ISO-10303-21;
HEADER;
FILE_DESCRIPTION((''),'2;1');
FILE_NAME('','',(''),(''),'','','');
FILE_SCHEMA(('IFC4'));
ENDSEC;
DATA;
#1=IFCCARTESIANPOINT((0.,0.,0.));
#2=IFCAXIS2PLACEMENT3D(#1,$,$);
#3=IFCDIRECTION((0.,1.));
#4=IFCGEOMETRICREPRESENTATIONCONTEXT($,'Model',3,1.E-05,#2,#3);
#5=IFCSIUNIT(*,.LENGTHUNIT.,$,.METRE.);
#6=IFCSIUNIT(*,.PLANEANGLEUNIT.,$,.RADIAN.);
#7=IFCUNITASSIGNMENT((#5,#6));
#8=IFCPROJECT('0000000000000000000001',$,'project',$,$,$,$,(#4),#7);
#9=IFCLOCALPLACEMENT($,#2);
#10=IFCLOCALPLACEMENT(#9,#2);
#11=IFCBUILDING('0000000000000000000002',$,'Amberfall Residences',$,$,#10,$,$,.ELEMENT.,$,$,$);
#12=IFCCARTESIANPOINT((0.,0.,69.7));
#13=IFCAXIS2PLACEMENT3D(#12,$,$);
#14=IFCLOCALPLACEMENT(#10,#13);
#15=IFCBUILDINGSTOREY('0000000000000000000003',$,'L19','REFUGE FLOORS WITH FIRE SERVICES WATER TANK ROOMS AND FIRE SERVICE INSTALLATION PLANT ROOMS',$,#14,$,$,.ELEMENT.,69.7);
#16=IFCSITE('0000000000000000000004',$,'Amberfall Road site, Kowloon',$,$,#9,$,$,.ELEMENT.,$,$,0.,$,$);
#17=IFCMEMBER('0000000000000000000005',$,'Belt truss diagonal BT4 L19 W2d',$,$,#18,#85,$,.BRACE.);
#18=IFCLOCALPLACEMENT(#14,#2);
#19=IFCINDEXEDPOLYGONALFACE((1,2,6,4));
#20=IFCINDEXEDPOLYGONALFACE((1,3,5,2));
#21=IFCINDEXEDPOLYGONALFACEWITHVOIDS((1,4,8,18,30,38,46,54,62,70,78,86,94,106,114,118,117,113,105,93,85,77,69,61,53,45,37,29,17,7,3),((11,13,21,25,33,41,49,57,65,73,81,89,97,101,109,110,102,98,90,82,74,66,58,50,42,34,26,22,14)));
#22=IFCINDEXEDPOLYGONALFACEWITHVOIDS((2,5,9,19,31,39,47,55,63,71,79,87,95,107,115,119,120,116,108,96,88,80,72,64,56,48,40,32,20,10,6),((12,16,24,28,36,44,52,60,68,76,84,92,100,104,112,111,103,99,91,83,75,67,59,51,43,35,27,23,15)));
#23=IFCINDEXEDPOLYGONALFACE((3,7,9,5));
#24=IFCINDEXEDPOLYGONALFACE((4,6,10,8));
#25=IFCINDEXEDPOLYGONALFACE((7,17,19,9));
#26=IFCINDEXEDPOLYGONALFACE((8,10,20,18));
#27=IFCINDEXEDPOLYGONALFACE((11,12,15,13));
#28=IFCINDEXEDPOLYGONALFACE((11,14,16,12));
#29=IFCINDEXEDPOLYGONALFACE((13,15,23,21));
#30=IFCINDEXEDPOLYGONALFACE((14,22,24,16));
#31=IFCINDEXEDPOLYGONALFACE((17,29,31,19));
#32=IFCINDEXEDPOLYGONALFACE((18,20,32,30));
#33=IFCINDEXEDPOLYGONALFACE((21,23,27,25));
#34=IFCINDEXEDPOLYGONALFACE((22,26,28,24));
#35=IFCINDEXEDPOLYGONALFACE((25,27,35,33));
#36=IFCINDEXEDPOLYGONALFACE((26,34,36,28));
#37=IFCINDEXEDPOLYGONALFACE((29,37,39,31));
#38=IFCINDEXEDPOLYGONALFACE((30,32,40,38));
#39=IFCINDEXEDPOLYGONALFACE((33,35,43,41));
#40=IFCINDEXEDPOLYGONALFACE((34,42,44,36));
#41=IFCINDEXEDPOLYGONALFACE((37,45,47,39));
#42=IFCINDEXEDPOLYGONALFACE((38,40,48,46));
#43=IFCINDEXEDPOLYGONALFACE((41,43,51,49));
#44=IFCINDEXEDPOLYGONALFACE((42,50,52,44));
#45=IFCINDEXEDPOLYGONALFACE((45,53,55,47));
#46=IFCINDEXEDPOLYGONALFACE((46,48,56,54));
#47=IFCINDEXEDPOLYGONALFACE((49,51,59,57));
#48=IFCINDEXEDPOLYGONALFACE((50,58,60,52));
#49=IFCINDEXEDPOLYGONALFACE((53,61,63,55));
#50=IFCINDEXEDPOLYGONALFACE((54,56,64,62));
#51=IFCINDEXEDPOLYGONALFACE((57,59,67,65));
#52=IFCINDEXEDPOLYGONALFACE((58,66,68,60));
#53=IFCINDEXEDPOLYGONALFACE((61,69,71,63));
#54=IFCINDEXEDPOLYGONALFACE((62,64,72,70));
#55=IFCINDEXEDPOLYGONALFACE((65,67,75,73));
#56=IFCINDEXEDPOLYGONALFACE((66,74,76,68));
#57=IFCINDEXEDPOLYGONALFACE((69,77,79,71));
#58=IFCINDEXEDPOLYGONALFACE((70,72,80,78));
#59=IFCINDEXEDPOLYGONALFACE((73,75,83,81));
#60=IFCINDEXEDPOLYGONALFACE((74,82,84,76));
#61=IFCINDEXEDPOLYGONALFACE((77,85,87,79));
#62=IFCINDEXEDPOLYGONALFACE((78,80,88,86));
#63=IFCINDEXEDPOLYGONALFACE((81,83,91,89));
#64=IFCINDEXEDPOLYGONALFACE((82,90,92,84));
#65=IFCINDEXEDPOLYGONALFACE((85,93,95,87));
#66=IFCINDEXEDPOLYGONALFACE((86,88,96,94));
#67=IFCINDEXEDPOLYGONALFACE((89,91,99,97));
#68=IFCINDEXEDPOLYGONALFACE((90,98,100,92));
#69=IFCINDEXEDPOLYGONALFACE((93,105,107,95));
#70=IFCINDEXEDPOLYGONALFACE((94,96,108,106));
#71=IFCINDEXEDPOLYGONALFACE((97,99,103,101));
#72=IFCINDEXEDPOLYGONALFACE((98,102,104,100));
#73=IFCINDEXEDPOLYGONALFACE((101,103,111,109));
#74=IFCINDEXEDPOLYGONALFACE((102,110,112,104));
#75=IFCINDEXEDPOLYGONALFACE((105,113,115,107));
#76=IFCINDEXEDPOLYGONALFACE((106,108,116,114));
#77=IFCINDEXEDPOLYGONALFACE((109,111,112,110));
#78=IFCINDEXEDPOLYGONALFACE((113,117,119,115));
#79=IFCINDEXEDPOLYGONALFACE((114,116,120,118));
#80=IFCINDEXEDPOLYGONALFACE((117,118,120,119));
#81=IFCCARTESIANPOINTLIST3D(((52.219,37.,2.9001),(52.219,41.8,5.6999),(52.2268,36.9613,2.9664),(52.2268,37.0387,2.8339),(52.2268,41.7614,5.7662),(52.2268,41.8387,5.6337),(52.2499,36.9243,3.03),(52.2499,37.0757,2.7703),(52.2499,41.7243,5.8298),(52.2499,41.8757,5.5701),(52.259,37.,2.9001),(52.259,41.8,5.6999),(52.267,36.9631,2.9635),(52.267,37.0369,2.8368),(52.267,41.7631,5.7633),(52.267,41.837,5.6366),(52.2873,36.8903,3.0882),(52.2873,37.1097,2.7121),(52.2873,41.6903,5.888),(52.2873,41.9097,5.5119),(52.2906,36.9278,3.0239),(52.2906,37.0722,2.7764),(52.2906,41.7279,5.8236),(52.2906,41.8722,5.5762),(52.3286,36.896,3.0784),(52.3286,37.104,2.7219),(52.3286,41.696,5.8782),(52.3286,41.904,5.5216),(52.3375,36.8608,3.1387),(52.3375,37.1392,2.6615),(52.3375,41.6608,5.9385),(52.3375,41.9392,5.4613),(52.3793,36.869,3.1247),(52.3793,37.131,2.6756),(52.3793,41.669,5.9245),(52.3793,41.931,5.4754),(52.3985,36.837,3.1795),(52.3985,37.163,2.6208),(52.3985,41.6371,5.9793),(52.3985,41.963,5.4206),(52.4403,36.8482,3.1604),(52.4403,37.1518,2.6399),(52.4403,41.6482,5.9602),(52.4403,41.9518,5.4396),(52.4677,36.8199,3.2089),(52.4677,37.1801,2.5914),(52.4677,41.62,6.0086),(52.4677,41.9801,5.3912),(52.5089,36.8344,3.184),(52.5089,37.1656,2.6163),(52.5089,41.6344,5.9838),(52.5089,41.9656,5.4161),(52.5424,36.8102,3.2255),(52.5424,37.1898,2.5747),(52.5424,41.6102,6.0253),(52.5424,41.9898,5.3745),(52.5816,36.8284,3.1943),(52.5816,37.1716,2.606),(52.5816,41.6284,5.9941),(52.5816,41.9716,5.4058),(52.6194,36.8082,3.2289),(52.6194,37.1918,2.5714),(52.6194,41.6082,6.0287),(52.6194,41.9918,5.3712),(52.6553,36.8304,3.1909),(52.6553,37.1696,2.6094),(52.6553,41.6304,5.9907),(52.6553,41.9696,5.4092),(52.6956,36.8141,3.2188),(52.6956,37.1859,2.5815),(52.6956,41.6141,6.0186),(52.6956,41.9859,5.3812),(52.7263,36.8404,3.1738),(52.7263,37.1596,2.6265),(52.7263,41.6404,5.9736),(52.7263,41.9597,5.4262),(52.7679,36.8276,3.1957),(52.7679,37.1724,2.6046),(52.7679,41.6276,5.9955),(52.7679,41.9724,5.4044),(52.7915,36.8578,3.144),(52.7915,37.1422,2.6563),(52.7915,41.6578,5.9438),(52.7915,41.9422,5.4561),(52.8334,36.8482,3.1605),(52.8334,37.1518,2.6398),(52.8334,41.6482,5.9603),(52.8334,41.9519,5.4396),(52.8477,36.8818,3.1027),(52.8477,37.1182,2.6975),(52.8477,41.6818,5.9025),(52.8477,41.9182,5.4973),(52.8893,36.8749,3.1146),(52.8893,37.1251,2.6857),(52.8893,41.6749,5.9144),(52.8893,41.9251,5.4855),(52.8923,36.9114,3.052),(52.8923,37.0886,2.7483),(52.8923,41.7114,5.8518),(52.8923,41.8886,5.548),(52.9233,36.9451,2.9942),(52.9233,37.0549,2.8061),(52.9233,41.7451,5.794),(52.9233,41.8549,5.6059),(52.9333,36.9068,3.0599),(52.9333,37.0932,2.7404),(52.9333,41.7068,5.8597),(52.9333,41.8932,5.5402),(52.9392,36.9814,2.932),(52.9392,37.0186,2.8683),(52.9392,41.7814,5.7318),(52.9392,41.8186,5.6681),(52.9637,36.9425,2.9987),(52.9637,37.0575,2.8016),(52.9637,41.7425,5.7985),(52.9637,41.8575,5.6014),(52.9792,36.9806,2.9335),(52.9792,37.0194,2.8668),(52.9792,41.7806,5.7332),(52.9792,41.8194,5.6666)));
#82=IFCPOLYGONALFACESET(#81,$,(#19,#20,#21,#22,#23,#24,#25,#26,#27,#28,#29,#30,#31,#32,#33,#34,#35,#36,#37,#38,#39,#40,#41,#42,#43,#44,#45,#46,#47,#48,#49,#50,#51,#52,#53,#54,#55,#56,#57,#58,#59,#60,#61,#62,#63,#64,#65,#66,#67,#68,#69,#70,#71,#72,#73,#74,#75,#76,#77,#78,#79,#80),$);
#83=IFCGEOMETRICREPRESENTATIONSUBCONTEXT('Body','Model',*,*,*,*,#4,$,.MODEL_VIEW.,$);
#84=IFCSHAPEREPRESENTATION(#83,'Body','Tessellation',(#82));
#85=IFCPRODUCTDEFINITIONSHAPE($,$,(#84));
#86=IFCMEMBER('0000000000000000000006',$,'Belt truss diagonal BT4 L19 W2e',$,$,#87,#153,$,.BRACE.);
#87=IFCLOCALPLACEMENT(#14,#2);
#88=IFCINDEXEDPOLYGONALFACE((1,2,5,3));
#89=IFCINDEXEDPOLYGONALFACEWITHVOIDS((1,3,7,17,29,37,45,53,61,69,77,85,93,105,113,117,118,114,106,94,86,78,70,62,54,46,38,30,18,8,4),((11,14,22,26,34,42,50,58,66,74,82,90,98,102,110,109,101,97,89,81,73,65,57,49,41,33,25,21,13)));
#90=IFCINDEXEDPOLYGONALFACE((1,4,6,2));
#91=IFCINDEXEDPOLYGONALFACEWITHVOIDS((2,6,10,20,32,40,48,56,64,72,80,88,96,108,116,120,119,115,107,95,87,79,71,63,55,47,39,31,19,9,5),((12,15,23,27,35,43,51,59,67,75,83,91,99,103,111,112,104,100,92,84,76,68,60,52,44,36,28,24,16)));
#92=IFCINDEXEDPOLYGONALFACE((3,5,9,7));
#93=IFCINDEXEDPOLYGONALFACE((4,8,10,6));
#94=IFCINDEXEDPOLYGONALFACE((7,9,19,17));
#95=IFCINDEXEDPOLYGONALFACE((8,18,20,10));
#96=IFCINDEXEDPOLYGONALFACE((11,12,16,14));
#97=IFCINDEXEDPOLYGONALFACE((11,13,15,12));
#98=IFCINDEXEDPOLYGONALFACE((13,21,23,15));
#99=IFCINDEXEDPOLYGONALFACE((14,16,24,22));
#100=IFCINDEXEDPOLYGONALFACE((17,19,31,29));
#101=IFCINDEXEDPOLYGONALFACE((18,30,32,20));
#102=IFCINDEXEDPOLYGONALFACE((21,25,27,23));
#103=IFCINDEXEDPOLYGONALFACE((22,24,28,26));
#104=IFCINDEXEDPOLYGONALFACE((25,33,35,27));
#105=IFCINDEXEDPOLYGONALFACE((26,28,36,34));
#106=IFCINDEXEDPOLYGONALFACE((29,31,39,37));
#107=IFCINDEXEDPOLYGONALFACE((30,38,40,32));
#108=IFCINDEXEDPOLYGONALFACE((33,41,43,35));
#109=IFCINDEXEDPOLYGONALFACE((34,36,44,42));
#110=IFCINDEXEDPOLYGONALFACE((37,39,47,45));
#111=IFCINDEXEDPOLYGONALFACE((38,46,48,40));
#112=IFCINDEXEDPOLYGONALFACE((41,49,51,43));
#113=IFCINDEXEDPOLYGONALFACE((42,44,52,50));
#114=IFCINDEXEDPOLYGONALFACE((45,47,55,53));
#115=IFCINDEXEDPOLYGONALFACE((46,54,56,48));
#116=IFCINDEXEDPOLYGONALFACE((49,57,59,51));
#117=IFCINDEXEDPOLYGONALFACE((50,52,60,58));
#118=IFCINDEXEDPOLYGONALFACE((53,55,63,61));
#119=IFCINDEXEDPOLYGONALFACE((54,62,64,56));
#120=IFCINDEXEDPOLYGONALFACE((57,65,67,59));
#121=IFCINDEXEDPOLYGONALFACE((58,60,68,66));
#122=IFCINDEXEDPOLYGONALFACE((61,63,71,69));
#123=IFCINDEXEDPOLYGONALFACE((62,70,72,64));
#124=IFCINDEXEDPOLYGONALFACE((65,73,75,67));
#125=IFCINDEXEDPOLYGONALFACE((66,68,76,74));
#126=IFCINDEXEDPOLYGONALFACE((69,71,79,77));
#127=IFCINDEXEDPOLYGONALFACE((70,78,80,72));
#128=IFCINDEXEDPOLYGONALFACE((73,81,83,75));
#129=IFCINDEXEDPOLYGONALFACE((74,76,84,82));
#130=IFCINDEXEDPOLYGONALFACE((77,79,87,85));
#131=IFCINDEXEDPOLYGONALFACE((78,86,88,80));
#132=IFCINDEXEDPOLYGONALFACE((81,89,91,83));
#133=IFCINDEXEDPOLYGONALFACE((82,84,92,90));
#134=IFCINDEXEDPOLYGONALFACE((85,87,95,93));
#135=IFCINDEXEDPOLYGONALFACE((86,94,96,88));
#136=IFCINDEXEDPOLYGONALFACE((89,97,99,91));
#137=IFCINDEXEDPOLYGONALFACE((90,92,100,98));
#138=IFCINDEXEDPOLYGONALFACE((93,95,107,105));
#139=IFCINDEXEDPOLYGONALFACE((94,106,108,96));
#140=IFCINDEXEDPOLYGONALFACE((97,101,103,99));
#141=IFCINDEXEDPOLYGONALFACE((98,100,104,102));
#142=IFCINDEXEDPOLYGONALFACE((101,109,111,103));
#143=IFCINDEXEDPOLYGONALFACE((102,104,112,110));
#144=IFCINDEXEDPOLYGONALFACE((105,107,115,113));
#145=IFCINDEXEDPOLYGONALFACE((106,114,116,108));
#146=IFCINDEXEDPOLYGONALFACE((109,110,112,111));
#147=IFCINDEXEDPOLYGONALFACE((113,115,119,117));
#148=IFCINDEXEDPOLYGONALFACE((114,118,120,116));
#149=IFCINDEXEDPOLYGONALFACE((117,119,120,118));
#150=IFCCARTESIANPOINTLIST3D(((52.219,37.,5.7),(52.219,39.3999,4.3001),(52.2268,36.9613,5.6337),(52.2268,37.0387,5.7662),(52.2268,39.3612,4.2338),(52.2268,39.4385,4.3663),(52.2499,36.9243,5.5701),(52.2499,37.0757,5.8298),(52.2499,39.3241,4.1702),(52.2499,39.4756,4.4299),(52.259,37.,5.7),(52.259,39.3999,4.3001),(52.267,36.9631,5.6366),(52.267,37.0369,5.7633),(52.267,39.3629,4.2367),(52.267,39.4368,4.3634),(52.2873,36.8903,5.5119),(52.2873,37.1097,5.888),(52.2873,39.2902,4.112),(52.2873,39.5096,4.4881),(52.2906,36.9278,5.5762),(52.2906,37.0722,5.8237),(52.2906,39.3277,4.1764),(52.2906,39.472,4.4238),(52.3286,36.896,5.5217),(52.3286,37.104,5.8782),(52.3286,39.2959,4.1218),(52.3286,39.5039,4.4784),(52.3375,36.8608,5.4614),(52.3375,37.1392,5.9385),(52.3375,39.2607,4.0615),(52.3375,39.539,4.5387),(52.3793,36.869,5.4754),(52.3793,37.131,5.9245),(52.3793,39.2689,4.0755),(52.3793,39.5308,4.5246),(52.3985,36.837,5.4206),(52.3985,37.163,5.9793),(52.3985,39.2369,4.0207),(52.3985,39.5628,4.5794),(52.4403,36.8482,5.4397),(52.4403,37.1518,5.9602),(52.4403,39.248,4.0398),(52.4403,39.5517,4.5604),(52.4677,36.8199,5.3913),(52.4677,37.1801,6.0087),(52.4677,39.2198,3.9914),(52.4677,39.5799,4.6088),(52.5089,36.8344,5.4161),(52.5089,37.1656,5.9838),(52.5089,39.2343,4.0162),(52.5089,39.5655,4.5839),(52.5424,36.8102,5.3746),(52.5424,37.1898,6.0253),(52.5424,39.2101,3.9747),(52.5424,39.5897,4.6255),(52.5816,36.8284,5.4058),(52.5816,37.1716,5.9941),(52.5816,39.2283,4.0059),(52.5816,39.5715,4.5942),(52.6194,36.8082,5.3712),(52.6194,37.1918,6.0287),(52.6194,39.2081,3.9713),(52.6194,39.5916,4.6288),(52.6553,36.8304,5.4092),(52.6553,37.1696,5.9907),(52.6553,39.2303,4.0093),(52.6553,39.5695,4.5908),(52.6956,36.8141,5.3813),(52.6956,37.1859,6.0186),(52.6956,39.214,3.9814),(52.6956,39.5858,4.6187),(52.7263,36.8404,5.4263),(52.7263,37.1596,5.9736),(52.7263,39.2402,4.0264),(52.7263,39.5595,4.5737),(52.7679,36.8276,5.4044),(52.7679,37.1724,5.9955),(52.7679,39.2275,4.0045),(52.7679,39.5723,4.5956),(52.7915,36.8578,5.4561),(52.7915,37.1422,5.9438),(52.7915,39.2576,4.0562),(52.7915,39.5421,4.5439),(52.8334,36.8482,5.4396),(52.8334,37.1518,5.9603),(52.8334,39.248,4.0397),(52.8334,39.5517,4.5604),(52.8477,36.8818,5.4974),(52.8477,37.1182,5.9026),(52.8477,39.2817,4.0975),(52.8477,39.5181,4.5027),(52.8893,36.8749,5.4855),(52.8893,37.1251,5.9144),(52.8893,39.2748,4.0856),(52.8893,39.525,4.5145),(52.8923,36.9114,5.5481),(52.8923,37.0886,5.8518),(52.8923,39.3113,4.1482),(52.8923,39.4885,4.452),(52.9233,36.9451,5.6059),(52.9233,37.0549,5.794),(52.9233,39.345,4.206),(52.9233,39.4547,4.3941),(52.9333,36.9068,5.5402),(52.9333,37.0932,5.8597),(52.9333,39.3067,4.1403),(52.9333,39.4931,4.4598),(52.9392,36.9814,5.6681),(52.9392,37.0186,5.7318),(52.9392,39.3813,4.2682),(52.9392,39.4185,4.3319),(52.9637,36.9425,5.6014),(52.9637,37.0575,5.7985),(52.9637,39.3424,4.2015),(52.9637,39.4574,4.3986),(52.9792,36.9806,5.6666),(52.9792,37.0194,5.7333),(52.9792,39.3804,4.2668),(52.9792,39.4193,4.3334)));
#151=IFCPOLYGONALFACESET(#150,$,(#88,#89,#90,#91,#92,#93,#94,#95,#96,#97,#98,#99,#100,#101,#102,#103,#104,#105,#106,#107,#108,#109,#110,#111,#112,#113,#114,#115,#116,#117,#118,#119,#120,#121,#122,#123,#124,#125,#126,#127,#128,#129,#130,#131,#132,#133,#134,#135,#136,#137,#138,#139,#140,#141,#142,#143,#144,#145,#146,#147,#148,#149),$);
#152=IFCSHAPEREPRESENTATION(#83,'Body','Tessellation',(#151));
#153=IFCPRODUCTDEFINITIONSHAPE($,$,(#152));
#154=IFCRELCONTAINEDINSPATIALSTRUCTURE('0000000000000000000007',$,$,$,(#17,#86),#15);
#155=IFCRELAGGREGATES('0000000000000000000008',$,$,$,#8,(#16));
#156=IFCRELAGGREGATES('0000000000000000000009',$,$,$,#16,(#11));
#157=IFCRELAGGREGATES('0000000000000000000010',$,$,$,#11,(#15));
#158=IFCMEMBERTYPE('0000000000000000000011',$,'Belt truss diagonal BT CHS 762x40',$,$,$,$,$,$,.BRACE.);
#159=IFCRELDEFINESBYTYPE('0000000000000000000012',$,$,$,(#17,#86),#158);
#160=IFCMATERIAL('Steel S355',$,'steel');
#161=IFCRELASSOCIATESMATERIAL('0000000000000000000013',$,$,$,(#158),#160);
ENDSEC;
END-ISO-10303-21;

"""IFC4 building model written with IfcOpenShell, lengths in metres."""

from ifc_helpers import new_model, si_unit, direction, frame, origin, origin_2d, place, context, subcontext, project, spatial, hollow_circle, extrude, material, material_profile, profile_set, type_object, element, save


model = new_model("IFC4")

# Units and contexts
model_context = context("Model", 3, precision=1e-05, world=origin(), true_north=direction((0.0, 1.0)))
body_context = subcontext(model_context, "Body", "Model", "MODEL_VIEW")
ifc_project = project(units=[si_unit("LENGTHUNIT", "METRE"), si_unit("PLANEANGLEUNIT", "RADIAN")], contexts=[model_context])

# Site, building, storey
site_placement = place(None, origin())
site = spatial("IfcSite", under=ifc_project, at=site_placement, Name="Amberfall Road site, Kowloon", CompositionType="ELEMENT", RefElevation=0.0)
building_placement = place(site_placement, origin())
building = spatial("IfcBuilding", under=site, at=building_placement, Name="Amberfall Residences", CompositionType="ELEMENT")
storey_placement = place(building_placement, frame((0.0, 0.0, 69.7)))
storey = spatial("IfcBuildingStorey", under=building, at=storey_placement, Name="L19", Description="REFUGE FLOORS WITH FIRE SERVICES WATER TANK ROOMS AND FIRE SERVICE INSTALLATION PLANT ROOMS", CompositionType="ELEMENT", Elevation=69.7)

# Shared definitions
ifc_material_1 = material(Name="Steel S355", Category="steel")

# Members
ifc_material_profile_1 = material_profile(ifc_material_1, hollow_circle(Radius=0.3811, WallThickness=0.04, at=origin_2d()), Name="CHS 762x40")
ifc_profile_set_1 = profile_set([ifc_material_profile_1], Name="Steel S355")
member_type = type_object("IfcMemberType", Name="Belt truss diagonal BT CHS 762x40", PredefinedType="BRACE", material=ifc_profile_set_1)
member_1_placement = place(storey_placement, frame((52.6001, 37.0, 2.9001), z_axis=(0.0, 0.863796, 0.503841), x_axis=(-1.0, 0.0, 0.0)))
element("IfcMember", 1, at=member_1_placement, inside=storey, type_object=member_type, Name="Belt truss diagonal BT4 L19 W2d", PredefinedType="BRACE", context=body_context, shape_type="SweptSolid", body=[
    extrude(hollow_circle(Radius=0.3811, WallThickness=0.04, at=origin_2d()), origin(), (0.0, 0.0, 1.0), 5.5569),
])
member_2_placement = place(storey_placement, frame((52.6001, 37.0, 5.7), z_axis=(0.0, 0.863785, -0.50386), x_axis=(-1.0, 0.0, 0.0)))
element("IfcMember", 2, at=member_2_placement, inside=storey, type_object=member_type, Name="Belt truss diagonal BT4 L19 W2e", PredefinedType="BRACE", context=body_context, shape_type="SweptSolid", body=[
    extrude(hollow_circle(Radius=0.3811, WallThickness=0.04, at=origin_2d()), origin(), (0.0, 0.0, 1.0), 2.7783),
])

save(model, "model.ifc")
